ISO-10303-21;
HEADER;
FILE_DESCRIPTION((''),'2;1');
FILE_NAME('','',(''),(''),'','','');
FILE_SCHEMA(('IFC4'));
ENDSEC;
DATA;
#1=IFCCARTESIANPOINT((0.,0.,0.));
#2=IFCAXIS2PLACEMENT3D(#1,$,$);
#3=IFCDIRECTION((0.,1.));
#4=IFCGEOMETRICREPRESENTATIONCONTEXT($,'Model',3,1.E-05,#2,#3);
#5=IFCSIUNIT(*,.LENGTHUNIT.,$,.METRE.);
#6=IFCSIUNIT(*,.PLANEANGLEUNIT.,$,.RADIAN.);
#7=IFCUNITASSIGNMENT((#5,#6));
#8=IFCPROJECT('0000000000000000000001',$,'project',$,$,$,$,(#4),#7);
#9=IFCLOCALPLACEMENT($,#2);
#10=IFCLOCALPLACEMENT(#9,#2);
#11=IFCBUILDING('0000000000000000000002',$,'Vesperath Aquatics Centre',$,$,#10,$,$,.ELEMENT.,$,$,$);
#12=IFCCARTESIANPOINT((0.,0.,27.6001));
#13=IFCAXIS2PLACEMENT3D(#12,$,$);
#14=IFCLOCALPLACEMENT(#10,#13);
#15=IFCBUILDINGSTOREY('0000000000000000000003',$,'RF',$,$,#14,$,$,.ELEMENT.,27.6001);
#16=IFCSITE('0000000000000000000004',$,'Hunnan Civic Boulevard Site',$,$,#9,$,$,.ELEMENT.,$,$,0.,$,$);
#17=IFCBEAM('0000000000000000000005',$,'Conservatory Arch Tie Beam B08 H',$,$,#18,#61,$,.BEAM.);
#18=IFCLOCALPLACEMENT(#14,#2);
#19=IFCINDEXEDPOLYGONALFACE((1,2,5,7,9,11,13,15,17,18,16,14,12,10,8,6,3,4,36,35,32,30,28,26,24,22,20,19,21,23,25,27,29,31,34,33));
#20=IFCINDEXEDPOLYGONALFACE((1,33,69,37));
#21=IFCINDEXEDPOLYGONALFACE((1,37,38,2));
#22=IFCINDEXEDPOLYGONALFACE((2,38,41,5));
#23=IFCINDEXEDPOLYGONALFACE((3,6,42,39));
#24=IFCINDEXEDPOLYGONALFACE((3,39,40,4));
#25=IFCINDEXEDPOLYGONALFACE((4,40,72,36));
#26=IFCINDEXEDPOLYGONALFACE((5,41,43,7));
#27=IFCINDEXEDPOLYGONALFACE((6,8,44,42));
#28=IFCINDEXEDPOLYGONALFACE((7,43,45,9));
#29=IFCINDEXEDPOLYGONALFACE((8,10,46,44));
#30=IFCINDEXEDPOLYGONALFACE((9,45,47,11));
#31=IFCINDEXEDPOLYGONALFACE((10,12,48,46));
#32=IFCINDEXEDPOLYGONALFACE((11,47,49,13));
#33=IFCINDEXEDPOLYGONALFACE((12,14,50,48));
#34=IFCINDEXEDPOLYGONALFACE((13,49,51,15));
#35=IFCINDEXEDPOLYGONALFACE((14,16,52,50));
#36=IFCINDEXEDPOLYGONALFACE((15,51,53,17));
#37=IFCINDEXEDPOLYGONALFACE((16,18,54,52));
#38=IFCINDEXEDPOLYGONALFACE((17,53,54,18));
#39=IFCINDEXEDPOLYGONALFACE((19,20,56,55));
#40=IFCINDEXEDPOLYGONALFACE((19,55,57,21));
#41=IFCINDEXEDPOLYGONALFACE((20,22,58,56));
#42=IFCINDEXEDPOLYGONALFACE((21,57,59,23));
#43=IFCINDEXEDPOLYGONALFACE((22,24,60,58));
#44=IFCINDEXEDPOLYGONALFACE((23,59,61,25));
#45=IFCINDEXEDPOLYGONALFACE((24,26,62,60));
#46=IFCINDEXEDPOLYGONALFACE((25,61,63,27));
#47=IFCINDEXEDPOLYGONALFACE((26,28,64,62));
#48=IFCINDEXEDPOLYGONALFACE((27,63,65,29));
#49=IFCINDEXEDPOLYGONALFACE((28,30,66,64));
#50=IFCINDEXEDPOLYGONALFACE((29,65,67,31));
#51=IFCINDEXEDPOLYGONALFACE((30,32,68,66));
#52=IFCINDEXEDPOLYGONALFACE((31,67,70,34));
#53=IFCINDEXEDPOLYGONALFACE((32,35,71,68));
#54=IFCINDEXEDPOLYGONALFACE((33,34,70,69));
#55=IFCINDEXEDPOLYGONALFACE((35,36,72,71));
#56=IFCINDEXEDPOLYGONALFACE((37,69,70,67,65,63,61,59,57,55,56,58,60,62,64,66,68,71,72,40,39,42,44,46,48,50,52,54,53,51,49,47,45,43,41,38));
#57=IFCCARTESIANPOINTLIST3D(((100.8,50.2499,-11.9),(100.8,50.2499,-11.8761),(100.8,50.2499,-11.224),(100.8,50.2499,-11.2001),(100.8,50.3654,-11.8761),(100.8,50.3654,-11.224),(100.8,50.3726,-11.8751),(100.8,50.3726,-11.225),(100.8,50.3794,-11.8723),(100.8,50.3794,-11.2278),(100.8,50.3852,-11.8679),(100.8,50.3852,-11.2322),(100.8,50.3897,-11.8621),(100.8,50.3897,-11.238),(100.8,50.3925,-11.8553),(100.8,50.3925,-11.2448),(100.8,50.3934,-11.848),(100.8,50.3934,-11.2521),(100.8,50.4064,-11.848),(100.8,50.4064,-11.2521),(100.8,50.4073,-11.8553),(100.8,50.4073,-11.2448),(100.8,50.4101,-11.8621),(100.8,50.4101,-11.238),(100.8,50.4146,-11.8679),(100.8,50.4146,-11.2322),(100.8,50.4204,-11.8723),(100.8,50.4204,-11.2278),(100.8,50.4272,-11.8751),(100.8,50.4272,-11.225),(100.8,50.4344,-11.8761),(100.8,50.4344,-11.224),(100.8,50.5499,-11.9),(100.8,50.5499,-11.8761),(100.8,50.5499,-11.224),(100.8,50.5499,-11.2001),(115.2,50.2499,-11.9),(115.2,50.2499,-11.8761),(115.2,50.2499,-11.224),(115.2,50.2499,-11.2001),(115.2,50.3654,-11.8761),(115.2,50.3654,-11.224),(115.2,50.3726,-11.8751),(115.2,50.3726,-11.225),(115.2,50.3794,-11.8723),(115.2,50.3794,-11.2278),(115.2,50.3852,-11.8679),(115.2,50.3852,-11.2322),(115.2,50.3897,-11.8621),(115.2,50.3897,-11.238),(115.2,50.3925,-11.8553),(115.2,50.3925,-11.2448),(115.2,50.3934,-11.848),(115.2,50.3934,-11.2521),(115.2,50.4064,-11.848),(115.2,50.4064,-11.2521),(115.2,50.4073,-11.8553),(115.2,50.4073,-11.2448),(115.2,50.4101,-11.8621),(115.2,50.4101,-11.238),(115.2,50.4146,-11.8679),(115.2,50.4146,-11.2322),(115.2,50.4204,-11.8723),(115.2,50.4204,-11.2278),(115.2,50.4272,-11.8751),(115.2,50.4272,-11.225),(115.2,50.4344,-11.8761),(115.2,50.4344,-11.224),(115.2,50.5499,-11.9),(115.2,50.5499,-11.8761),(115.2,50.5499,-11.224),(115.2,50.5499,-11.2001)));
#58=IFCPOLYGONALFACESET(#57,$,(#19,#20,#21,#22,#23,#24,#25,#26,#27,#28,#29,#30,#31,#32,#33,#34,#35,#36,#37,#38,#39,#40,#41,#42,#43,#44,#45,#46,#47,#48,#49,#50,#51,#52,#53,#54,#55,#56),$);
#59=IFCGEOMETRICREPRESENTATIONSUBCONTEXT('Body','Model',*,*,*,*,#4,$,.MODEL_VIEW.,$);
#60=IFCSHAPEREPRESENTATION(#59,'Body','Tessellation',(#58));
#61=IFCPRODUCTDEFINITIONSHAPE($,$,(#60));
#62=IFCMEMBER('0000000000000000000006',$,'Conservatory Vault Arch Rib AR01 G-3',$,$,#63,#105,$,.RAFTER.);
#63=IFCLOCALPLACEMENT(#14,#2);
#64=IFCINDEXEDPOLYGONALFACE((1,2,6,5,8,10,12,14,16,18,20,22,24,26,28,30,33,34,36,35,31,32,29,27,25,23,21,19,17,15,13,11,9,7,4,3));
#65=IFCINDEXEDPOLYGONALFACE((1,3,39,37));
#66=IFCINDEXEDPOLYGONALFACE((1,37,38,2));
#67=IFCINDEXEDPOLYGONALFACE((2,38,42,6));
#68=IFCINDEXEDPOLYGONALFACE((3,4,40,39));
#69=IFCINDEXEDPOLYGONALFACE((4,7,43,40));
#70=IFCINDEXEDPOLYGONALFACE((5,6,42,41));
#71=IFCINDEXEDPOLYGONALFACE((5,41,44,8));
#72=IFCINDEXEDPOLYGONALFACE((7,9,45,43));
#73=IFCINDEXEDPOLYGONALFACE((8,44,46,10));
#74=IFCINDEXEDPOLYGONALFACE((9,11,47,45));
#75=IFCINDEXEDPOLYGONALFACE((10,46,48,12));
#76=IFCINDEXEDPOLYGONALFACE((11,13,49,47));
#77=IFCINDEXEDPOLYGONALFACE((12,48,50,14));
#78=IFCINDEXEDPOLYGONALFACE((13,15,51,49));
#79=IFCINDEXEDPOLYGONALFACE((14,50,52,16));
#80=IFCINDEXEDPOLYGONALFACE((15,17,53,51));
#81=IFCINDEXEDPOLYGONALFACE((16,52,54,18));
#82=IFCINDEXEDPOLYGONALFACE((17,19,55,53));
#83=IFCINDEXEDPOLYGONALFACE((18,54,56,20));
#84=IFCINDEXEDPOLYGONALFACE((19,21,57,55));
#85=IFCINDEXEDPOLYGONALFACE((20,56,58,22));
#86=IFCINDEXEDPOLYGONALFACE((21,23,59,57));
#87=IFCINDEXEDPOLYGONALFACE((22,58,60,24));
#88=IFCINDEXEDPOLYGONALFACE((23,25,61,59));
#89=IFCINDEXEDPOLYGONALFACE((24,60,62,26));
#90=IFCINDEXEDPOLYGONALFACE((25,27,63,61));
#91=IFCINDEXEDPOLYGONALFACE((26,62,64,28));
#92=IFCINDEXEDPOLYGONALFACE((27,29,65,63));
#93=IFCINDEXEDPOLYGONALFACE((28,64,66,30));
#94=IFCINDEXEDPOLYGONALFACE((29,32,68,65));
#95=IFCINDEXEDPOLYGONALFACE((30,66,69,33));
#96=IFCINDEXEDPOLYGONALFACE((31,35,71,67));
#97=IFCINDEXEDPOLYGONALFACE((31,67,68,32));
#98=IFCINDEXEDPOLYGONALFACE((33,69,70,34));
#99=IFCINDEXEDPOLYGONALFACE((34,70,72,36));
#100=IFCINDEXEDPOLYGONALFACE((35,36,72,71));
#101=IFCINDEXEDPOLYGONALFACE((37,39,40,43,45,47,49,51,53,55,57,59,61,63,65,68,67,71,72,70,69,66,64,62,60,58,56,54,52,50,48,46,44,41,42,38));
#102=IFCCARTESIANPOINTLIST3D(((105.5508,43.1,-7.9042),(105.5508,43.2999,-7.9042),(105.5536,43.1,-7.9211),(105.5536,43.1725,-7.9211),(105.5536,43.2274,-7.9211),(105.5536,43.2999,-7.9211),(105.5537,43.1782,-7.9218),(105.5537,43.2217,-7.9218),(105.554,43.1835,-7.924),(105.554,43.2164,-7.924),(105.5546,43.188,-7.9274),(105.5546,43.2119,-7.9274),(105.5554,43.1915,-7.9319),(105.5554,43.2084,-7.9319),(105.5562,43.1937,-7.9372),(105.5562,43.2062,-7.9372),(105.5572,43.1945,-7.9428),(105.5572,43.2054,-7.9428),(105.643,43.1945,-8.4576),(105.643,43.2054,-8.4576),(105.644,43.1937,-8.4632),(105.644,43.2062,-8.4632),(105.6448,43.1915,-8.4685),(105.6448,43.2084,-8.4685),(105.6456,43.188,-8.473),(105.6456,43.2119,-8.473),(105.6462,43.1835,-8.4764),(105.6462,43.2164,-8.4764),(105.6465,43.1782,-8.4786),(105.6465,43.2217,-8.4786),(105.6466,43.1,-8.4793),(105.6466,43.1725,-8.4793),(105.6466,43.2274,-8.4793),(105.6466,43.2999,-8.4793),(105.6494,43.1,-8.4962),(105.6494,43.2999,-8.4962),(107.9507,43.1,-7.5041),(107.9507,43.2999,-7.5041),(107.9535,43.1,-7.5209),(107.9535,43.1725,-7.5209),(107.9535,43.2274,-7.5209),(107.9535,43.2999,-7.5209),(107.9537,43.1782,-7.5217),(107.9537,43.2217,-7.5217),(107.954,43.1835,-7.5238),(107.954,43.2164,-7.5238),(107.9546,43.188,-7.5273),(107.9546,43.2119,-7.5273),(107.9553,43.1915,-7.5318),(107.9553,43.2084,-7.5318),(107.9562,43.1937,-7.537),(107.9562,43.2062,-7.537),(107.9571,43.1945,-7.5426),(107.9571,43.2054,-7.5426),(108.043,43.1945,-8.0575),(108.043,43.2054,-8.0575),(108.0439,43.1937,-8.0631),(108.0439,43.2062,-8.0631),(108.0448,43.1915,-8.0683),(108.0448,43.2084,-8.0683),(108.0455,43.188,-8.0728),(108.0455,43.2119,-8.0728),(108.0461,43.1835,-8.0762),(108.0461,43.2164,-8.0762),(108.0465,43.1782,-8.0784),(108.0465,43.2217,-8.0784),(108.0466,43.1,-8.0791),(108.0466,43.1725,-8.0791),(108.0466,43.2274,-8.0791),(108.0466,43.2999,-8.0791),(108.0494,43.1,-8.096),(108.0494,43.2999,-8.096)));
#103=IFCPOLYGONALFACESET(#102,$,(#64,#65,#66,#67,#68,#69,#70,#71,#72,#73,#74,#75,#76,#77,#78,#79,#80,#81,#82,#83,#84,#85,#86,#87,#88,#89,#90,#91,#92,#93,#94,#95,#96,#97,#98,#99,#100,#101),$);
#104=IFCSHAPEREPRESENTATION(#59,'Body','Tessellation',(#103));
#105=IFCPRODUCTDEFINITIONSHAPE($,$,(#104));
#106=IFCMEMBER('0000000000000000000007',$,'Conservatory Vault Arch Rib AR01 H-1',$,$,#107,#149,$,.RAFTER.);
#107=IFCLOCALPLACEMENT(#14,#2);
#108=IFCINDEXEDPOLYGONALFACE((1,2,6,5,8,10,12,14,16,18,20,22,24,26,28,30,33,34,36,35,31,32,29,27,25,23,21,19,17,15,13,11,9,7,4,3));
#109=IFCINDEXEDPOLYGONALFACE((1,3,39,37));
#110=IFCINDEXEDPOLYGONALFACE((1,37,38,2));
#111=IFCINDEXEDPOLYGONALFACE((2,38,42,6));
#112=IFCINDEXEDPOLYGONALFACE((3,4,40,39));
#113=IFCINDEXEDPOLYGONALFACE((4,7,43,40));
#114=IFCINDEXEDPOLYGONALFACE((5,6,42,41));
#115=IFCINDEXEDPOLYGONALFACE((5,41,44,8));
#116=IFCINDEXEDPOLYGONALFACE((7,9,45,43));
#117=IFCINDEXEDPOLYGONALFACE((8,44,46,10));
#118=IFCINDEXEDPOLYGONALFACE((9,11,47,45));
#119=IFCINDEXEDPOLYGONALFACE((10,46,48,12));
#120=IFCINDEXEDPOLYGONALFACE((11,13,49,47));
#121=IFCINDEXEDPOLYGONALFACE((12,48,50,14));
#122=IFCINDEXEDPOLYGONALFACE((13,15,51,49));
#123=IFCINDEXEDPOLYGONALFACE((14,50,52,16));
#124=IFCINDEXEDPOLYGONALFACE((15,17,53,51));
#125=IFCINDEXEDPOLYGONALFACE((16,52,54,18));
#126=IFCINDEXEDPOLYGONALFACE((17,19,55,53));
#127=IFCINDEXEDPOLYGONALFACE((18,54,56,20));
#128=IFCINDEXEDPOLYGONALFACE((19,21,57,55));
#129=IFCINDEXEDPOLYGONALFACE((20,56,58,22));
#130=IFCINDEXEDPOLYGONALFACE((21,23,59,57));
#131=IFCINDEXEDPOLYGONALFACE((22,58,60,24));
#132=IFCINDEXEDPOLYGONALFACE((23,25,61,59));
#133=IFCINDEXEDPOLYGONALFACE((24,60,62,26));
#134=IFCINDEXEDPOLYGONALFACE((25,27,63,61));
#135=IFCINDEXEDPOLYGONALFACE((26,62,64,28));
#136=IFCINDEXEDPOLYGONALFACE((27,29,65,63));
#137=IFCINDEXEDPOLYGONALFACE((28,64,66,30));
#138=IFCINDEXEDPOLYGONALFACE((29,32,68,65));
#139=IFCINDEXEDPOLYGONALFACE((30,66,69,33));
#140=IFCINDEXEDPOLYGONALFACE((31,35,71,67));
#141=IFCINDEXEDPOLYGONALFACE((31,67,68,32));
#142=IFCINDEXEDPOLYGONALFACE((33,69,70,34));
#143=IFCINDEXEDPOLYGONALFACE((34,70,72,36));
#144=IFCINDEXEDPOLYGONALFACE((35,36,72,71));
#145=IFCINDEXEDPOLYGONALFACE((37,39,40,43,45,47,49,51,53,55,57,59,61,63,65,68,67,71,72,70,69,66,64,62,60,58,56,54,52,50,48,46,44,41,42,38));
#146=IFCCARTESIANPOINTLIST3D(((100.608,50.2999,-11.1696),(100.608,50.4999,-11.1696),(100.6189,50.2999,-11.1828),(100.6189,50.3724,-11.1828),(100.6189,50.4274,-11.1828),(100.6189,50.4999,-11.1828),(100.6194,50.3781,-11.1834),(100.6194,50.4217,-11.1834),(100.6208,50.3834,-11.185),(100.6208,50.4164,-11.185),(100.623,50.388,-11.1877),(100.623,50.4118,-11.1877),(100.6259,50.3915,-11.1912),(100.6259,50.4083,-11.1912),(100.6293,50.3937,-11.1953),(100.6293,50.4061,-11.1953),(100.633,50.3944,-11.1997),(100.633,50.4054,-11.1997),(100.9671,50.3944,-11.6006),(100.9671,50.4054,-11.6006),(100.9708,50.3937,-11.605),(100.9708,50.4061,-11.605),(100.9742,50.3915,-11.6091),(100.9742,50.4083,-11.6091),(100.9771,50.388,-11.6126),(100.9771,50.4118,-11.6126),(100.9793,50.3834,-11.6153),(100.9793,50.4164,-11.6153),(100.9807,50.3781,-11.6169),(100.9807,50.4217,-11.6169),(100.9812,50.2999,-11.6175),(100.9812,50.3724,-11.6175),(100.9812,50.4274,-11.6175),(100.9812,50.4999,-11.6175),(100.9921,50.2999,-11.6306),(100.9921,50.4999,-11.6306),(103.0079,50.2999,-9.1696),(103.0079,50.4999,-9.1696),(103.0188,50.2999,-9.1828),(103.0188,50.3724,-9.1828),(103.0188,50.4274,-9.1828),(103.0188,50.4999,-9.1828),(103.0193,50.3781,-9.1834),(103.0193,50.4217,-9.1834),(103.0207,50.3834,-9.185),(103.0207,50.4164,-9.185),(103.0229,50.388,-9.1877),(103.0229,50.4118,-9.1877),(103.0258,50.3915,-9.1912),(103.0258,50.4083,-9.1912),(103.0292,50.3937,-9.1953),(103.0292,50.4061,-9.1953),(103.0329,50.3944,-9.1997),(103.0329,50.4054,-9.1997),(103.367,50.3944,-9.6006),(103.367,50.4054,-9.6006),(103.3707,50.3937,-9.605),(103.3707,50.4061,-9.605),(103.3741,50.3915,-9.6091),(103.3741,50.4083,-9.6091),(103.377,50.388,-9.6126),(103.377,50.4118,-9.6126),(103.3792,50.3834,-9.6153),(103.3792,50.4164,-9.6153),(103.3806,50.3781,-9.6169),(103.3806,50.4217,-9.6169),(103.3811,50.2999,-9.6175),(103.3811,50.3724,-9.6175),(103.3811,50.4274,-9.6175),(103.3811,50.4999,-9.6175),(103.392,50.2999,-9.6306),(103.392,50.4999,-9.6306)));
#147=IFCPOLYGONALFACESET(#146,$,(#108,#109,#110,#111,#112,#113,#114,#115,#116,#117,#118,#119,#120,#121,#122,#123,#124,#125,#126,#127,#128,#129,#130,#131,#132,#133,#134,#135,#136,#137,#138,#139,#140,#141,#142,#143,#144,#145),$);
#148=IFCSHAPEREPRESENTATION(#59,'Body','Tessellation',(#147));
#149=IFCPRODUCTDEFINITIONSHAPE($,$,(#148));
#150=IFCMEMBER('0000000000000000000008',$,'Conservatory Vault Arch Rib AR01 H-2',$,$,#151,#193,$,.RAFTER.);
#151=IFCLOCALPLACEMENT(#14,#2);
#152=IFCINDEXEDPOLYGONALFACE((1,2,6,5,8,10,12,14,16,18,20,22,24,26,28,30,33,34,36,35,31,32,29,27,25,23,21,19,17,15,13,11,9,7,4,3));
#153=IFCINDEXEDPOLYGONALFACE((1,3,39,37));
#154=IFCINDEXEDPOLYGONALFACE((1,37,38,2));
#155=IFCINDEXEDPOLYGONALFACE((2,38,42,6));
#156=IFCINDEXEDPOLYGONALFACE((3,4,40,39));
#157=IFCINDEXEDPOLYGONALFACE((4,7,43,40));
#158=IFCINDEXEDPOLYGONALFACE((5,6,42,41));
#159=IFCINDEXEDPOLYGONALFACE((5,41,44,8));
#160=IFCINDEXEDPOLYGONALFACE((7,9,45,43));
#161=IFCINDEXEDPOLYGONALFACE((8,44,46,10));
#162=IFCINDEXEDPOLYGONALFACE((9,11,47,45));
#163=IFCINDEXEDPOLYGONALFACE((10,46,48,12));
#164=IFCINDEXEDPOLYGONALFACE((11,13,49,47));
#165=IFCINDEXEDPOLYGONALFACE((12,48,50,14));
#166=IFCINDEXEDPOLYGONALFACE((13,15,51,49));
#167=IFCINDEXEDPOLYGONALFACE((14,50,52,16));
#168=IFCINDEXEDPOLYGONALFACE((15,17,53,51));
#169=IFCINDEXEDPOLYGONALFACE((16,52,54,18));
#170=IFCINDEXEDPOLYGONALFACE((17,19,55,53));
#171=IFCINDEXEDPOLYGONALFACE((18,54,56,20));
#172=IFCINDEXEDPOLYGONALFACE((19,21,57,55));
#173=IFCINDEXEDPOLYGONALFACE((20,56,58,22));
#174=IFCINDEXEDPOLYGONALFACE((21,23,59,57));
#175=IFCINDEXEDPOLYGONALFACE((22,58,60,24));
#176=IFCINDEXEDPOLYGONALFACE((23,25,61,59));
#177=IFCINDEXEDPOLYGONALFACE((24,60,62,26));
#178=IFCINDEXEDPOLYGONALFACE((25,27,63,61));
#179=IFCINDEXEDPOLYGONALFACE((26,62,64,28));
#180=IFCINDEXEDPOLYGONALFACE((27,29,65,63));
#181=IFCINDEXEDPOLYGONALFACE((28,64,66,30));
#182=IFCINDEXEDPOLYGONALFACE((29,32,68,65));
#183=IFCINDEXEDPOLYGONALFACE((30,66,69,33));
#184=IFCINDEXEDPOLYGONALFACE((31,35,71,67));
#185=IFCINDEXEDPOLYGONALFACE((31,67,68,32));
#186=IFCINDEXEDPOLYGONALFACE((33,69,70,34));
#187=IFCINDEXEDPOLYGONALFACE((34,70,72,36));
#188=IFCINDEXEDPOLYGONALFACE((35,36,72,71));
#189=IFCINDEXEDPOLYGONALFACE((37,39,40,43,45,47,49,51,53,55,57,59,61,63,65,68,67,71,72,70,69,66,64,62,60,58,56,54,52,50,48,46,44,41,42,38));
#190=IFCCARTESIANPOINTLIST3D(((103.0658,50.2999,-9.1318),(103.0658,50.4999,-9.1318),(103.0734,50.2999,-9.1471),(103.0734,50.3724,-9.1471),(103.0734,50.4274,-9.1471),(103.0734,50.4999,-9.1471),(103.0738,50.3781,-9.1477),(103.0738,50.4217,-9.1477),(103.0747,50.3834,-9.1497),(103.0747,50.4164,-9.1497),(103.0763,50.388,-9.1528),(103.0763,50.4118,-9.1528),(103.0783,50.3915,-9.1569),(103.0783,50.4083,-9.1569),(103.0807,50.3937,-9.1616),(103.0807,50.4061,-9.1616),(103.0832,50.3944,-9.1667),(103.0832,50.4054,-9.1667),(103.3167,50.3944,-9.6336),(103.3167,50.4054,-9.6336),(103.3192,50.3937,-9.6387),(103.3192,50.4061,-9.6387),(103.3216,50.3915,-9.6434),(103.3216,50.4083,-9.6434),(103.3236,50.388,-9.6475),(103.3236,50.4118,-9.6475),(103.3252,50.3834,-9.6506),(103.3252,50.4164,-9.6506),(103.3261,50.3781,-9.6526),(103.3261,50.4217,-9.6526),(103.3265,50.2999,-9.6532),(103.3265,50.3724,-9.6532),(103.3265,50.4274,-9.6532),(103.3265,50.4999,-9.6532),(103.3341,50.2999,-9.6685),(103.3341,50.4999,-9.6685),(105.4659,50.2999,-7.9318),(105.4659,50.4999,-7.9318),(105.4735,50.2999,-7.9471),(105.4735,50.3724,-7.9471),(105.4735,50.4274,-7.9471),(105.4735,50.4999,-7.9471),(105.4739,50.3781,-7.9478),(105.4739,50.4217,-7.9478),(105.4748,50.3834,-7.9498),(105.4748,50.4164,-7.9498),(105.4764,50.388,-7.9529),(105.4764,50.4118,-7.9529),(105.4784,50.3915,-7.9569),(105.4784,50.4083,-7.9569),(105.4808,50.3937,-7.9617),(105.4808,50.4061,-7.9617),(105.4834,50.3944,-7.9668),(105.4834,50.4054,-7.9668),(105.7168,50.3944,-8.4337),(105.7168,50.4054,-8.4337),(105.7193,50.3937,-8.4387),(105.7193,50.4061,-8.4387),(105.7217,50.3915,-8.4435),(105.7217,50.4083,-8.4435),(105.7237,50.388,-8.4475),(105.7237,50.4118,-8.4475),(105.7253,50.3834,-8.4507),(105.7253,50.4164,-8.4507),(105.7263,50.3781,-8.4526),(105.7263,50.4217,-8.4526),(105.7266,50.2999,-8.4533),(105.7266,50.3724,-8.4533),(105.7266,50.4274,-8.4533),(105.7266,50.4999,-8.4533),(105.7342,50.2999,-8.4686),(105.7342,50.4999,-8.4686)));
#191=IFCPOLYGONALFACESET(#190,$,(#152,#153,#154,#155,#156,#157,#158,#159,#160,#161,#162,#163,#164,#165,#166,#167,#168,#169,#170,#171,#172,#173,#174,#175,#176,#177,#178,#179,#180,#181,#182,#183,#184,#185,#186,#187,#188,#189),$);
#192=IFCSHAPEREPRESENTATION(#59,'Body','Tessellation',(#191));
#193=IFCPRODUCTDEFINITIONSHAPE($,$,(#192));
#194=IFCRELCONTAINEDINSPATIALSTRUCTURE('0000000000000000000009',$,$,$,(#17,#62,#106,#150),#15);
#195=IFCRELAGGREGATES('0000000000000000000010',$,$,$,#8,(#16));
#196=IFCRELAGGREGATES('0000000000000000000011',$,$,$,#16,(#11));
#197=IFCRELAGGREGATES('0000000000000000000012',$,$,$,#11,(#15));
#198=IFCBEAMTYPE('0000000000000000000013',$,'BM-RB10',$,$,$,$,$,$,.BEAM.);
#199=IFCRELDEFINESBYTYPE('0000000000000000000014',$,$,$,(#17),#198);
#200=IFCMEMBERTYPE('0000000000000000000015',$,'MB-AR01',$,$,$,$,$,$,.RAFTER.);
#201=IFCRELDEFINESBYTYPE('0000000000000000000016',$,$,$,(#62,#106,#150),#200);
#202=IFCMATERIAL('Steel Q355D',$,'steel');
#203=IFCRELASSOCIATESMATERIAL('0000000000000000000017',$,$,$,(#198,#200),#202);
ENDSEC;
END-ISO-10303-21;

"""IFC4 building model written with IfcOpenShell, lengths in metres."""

from ifc_helpers import new_model, si_unit, direction, frame, origin, origin_2d, place, context, subcontext, project, spatial, i_section, extrude, material, material_profile, profile_set, type_object, element, save


model = new_model("IFC4")

# Units and contexts
model_context = context("Model", 3, precision=1e-05, world=origin(), true_north=direction((0.0, 1.0)))
body_context = subcontext(model_context, "Body", "Model", "MODEL_VIEW")
ifc_project = project(units=[si_unit("LENGTHUNIT", "METRE"), si_unit("PLANEANGLEUNIT", "RADIAN")], contexts=[model_context])

# Site, building, storey
site_placement = place(None, origin())
site = spatial("IfcSite", under=ifc_project, at=site_placement, Name="Hunnan Civic Boulevard Site", CompositionType="ELEMENT", RefElevation=0.0)
building_placement = place(site_placement, origin())
building = spatial("IfcBuilding", under=site, at=building_placement, Name="Vesperath Aquatics Centre", CompositionType="ELEMENT")
storey_placement = place(building_placement, frame((0.0, 0.0, 27.6001)))
storey = spatial("IfcBuildingStorey", under=building, at=storey_placement, Name="RF", CompositionType="ELEMENT", Elevation=27.6001)

# Beam
ifc_material_1 = material(Name="Steel Q355D", Category="steel")
ifc_material_profile_1 = material_profile(ifc_material_1, i_section(OverallWidth=0.3, OverallDepth=0.7, WebThickness=0.0129, FlangeThickness=0.0239, FilletRadius=0.0281, at=origin_2d()), Name="HN 700x300x13x24")
ifc_profile_set_1 = profile_set([ifc_material_profile_1], Name="Steel Q355D")
beam_type = type_object("IfcBeamType", Name="BM-RB10", PredefinedType="BEAM", material=ifc_profile_set_1)
beam_placement = place(storey_placement, frame((100.8, 50.3999, -11.55), z_axis=(1.0, 0.0, 0.0), x_axis=(0.0, 1.0, 0.0)))
element("IfcBeam", 1, at=beam_placement, inside=storey, type_object=beam_type, Name="Conservatory Arch Tie Beam B08 H", PredefinedType="BEAM", context=body_context, shape_type="SweptSolid", body=[
    extrude(i_section(OverallWidth=0.3, OverallDepth=0.7, WebThickness=0.0129, FlangeThickness=0.0239, FilletRadius=0.0281, at=origin_2d()), origin(), (0.0, 0.0, 1.0), 14.3999),
])

# Members
ifc_material_profile_2 = material_profile(ifc_material_1, i_section(OverallWidth=0.2, OverallDepth=0.6001, WebThickness=0.011, FlangeThickness=0.0171, FilletRadius=0.022, at=origin_2d()), Name="HN 600x200x11x17")
ifc_profile_set_2 = profile_set([ifc_material_profile_2], Name="Steel Q355D")
member_type_1 = type_object("IfcMemberType", Name="MB-AR01", PredefinedType="RAFTER", material=ifc_profile_set_2)
member_1_placement = place(storey_placement, frame((105.6001, 43.2, -8.2002), z_axis=(0.986383, 0.0, 0.164464), x_axis=(0.0, 1.0, 0.0)))
element("IfcMember", 2, at=member_1_placement, inside=storey, type_object=member_type_1, Name="Conservatory Vault Arch Rib AR01 G-3", PredefinedType="RAFTER", context=body_context, shape_type="SweptSolid", body=[
    extrude(i_section(OverallWidth=0.2, OverallDepth=0.6001, WebThickness=0.011, FlangeThickness=0.0171, FilletRadius=0.022, at=origin_2d()), origin(), (0.0, 0.0, 1.0), 2.4331),
])
member_2_placement = place(storey_placement, frame((100.8, 50.3999, -11.4001), z_axis=(0.768208, 0.0, 0.6402), x_axis=(0.0, 1.0, 0.0)))
element("IfcMember", 3, at=member_2_placement, inside=storey, type_object=member_type_1, Name="Conservatory Vault Arch Rib AR01 H-1", PredefinedType="RAFTER", context=body_context, shape_type="SweptSolid", body=[
    extrude(i_section(OverallWidth=0.2, OverallDepth=0.6001, WebThickness=0.011, FlangeThickness=0.0171, FilletRadius=0.022, at=origin_2d()), origin(), (0.0, 0.0, 1.0), 3.124),
])
member_3_placement = place(storey_placement, frame((103.2, 50.3999, -9.4001), z_axis=(0.894445, 0.0, 0.447177), x_axis=(0.0, 1.0, 0.0)))
element("IfcMember", 4, at=member_3_placement, inside=storey, type_object=member_type_1, Name="Conservatory Vault Arch Rib AR01 H-2", PredefinedType="RAFTER", context=body_context, shape_type="SweptSolid", body=[
    extrude(i_section(OverallWidth=0.2, OverallDepth=0.6001, WebThickness=0.011, FlangeThickness=0.0171, FilletRadius=0.022, at=origin_2d()), origin(), (0.0, 0.0, 1.0), 2.6833),
])

save(model, "model.ifc")
